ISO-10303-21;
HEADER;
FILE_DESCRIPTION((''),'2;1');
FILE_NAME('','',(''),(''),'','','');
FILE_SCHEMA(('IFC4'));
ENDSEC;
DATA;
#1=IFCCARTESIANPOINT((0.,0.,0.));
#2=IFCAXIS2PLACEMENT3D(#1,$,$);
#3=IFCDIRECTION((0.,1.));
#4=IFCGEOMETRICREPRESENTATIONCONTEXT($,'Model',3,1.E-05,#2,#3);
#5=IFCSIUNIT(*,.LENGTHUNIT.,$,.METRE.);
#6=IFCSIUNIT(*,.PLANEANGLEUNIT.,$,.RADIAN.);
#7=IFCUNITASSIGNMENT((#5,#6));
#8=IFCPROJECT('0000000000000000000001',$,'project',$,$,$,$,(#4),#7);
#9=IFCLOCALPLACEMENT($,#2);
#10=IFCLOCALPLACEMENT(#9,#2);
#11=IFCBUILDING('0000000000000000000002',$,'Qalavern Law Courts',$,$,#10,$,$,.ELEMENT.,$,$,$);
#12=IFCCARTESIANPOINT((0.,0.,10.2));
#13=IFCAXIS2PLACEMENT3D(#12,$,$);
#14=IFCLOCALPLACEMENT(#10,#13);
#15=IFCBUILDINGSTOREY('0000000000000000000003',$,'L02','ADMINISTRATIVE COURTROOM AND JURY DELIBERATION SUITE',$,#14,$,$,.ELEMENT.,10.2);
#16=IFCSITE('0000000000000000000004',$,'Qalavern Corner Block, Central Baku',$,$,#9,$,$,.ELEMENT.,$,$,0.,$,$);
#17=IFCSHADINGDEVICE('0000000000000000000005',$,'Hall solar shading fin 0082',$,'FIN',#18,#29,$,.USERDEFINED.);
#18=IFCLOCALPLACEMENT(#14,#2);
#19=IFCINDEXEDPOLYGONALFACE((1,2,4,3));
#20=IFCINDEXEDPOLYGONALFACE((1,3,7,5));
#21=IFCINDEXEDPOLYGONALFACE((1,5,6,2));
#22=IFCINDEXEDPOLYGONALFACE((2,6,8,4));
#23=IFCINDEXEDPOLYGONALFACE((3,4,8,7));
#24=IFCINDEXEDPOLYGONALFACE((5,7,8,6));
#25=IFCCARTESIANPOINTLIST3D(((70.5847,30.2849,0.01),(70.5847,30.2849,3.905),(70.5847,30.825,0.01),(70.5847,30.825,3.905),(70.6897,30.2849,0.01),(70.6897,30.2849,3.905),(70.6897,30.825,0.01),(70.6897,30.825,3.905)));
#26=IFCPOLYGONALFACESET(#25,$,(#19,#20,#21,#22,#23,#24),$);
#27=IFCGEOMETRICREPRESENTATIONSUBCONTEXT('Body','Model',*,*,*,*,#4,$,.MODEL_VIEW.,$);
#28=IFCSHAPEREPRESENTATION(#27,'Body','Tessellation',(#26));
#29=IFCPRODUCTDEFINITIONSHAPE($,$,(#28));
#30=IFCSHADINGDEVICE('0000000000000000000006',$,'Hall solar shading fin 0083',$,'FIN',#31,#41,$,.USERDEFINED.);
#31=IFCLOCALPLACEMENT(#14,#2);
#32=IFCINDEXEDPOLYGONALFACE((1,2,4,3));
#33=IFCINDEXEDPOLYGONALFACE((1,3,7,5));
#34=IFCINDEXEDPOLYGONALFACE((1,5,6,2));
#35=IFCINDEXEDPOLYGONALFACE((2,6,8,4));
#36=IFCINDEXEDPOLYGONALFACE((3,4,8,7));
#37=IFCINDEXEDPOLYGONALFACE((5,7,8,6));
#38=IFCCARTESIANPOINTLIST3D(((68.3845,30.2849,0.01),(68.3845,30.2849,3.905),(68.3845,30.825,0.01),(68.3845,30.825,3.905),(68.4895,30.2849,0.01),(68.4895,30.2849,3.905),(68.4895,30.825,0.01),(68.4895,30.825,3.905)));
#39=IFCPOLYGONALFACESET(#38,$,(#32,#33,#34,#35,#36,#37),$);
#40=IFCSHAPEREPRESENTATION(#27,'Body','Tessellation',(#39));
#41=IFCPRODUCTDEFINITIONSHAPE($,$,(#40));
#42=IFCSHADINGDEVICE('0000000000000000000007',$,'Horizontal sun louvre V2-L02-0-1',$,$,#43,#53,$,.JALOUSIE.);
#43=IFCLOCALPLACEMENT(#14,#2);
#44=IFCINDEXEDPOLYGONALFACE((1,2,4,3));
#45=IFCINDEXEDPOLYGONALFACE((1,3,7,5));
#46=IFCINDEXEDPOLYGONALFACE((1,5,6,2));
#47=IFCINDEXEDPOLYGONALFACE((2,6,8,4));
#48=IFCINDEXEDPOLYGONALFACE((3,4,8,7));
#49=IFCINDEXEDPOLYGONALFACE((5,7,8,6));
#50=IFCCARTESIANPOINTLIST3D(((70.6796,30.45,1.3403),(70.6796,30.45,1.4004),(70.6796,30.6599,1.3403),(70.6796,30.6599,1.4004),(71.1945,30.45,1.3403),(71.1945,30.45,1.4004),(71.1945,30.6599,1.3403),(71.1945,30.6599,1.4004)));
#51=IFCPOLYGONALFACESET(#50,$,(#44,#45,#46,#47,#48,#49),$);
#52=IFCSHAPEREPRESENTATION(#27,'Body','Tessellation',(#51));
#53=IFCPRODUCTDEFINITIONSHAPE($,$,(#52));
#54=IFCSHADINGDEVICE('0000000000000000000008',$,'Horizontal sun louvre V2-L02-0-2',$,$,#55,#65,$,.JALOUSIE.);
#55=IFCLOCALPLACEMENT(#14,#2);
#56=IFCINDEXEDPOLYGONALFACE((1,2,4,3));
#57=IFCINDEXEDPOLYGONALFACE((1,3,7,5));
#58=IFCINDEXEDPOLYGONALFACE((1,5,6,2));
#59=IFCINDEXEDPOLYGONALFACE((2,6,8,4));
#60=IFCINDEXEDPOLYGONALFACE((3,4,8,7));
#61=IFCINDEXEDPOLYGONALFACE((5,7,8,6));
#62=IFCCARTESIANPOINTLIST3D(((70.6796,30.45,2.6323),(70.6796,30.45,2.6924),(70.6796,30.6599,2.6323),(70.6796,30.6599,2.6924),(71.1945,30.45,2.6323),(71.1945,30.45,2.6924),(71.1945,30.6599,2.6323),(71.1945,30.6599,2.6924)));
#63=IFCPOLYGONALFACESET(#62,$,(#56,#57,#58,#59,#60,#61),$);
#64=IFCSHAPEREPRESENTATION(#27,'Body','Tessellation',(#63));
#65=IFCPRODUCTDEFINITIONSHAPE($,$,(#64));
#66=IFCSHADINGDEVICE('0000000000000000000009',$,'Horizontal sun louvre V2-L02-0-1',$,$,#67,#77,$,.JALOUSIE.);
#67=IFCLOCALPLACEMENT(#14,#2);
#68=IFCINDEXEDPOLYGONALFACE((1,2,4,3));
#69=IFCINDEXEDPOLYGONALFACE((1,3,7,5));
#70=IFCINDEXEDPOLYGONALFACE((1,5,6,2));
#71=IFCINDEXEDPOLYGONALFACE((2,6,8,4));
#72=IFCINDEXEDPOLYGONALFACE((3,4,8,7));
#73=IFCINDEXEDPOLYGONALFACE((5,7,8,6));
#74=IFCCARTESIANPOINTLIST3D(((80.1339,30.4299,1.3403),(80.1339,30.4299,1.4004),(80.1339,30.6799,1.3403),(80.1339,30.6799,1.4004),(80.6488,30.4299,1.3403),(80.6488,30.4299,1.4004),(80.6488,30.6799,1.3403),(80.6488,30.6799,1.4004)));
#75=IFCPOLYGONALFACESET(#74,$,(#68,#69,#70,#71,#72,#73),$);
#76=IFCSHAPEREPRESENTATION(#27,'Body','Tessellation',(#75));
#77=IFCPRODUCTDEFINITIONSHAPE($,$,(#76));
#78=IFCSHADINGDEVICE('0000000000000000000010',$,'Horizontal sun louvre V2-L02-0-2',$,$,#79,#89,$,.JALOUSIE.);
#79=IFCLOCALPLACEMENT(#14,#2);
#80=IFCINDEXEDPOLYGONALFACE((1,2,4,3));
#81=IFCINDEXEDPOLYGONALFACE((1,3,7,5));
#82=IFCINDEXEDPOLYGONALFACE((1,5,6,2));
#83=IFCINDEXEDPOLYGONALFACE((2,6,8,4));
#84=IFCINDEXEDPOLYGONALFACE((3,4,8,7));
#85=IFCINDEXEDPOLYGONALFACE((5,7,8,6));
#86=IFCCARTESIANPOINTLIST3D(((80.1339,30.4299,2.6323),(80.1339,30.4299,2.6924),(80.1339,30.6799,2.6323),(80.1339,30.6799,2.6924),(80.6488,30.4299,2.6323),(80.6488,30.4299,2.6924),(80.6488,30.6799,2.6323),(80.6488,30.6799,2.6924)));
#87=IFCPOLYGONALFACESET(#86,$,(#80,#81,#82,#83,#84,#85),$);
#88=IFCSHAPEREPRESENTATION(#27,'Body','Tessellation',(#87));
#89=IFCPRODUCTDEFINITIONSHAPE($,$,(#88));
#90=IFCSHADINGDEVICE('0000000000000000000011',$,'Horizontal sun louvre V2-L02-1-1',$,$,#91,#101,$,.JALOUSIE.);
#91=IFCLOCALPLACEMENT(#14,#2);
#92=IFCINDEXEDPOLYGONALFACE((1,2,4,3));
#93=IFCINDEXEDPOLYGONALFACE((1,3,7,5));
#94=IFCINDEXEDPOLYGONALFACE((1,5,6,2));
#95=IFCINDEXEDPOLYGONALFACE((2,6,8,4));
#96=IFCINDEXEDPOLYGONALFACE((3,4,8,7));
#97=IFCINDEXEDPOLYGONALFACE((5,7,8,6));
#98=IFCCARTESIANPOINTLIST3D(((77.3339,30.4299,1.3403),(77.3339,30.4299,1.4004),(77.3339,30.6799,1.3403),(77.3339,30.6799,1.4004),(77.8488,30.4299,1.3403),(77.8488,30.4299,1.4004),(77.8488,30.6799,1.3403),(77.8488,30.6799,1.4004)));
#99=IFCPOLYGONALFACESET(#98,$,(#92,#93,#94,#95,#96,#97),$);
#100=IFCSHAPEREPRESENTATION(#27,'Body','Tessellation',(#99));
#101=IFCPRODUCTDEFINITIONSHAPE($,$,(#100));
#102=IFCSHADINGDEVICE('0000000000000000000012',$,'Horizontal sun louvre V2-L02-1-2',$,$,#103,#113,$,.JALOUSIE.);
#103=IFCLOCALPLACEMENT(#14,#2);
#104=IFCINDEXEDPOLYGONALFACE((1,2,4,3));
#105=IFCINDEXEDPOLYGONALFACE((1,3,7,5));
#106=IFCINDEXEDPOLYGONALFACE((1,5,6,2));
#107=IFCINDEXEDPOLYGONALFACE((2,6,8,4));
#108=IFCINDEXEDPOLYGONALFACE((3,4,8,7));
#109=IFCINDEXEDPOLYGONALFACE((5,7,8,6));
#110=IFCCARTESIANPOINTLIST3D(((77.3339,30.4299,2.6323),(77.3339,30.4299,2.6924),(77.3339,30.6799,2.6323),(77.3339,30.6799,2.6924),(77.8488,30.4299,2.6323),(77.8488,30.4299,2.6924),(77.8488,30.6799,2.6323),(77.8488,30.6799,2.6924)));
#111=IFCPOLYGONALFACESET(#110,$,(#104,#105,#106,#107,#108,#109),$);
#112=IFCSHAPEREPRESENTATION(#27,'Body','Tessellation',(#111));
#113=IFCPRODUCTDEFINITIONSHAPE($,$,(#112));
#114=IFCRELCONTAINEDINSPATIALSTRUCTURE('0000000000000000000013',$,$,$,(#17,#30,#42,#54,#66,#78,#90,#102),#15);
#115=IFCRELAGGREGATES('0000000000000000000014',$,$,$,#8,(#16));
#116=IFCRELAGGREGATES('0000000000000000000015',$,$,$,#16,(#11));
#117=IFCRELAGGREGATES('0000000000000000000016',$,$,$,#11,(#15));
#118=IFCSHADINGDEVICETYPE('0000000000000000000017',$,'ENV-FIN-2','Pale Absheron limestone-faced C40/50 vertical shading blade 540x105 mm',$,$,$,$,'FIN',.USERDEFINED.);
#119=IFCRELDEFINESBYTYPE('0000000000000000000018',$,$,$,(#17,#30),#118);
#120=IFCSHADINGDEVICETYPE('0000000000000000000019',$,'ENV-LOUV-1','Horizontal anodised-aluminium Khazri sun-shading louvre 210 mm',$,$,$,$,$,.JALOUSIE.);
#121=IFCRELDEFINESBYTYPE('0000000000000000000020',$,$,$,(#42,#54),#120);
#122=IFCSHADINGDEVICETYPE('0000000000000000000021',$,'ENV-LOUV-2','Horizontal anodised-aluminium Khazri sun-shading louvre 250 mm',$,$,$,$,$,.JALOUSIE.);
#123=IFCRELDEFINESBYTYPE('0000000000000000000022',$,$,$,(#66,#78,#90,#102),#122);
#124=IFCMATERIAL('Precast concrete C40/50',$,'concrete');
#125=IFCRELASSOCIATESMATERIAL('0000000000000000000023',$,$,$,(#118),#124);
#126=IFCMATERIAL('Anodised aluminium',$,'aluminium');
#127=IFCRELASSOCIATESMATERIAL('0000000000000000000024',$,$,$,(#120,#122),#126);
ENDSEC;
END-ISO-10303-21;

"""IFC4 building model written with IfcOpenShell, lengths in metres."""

from ifc_helpers import new_model, si_unit, direction, frame, origin, origin_2d, place, context, subcontext, project, spatial, rectangle, extrude, material, type_object, element, save


model = new_model("IFC4")

# Units and contexts
model_context = context("Model", 3, precision=1e-05, world=origin(), true_north=direction((0.0, 1.0)))
body_context = subcontext(model_context, "Body", "Model", "MODEL_VIEW")
ifc_project = project(units=[si_unit("LENGTHUNIT", "METRE"), si_unit("PLANEANGLEUNIT", "RADIAN")], contexts=[model_context])

# Site, building, storey
site_placement = place(None, origin())
site = spatial("IfcSite", under=ifc_project, at=site_placement, Name="Qalavern Corner Block, Central Baku", CompositionType="ELEMENT", RefElevation=0.0)
building_placement = place(site_placement, origin())
building = spatial("IfcBuilding", under=site, at=building_placement, Name="Qalavern Law Courts", CompositionType="ELEMENT")
storey_placement = place(building_placement, frame((0.0, 0.0, 10.2)))
storey = spatial("IfcBuildingStorey", under=building, at=storey_placement, Name="L02", Description="ADMINISTRATIVE COURTROOM AND JURY DELIBERATION SUITE", CompositionType="ELEMENT", Elevation=10.2)

# Shared definitions
ifc_material_1 = material(Name="Anodised aluminium", Category="aluminium")

# Shared definitions
ifc_material_2 = material(Name="Precast concrete C40/50", Category="concrete")

# Shading devices
shading_device_type_1 = type_object("IfcShadingDeviceType", Name="ENV-FIN-2", Description="Pale Absheron limestone-faced C40/50 vertical shading blade 540x105 mm", ElementType="FIN", PredefinedType="USERDEFINED", material=ifc_material_2)
for number, where, z_axis, x_axis, name in (
    (1, (70.6372, 30.5549, 0.01), (0.0, 0.0, 1.0), (0.0, 1.0, 0.0), "Hall solar shading fin 0082"),
    (2, (68.437, 30.5549, 0.01), (0.0, 0.0, 1.0), (0.0, 1.0, 0.0), "Hall solar shading fin 0083"),
):
    element("IfcShadingDevice", number, at=place(storey_placement, frame(where, z_axis=z_axis, x_axis=x_axis)), inside=storey, type_object=shading_device_type_1, Name=name, ObjectType="FIN", PredefinedType="USERDEFINED", context=body_context, shape_type="SweptSolid", body=[
        extrude(rectangle(XDim=0.54, YDim=0.105, at=origin_2d()), origin(), (0.0, 0.0, 1.0), 3.895),
    ])
shading_device_type_2 = type_object("IfcShadingDeviceType", Name="ENV-LOUV-1", Description="Horizontal anodised-aluminium Khazri sun-shading louvre 210 mm", PredefinedType="JALOUSIE", material=ifc_material_1)
for number, where, z_axis, x_axis, name in (
    (3, (70.937, 30.5549, 1.3403), (0.0, 0.0, 1.0), (-1.0, 0.0, 0.0), "Horizontal sun louvre V2-L02-0-1"),
    (4, (70.937, 30.5549, 2.6323), (0.0, 0.0, 1.0), (-1.0, 0.0, 0.0), "Horizontal sun louvre V2-L02-0-2"),
):
    element("IfcShadingDevice", number, at=place(storey_placement, frame(where, z_axis=z_axis, x_axis=x_axis)), inside=storey, type_object=shading_device_type_2, Name=name, PredefinedType="JALOUSIE", context=body_context, shape_type="SweptSolid", body=[
        extrude(rectangle(XDim=0.5149, YDim=0.21, at=origin_2d()), origin(), (0.0, 0.0, 1.0), 0.0601),
    ])
shading_device_type_3 = type_object("IfcShadingDeviceType", Name="ENV-LOUV-2", Description="Horizontal anodised-aluminium Khazri sun-shading louvre 250 mm", PredefinedType="JALOUSIE", material=ifc_material_1)
for number, where, z_axis, x_axis, name in (
    (5, (80.3914, 30.5549, 1.3403), (0.0, 0.0, 1.0), (-1.0, 0.0, 0.0), "Horizontal sun louvre V2-L02-0-1"),
    (6, (80.3914, 30.5549, 2.6323), (0.0, 0.0, 1.0), (-1.0, 0.0, 0.0), "Horizontal sun louvre V2-L02-0-2"),
    (7, (77.5913, 30.5549, 1.3403), (0.0, 0.0, 1.0), (-1.0, 0.0, 0.0), "Horizontal sun louvre V2-L02-1-1"),
    (8, (77.5913, 30.5549, 2.6323), (0.0, 0.0, 1.0), (-1.0, 0.0, 0.0), "Horizontal sun louvre V2-L02-1-2"),
):
    element("IfcShadingDevice", number, at=place(storey_placement, frame(where, z_axis=z_axis, x_axis=x_axis)), inside=storey, type_object=shading_device_type_3, Name=name, PredefinedType="JALOUSIE", context=body_context, shape_type="SweptSolid", body=[
        extrude(rectangle(XDim=0.5149, YDim=0.25, at=origin_2d()), origin(), (0.0, 0.0, 1.0), 0.0601),
    ])

save(model, "model.ifc")
